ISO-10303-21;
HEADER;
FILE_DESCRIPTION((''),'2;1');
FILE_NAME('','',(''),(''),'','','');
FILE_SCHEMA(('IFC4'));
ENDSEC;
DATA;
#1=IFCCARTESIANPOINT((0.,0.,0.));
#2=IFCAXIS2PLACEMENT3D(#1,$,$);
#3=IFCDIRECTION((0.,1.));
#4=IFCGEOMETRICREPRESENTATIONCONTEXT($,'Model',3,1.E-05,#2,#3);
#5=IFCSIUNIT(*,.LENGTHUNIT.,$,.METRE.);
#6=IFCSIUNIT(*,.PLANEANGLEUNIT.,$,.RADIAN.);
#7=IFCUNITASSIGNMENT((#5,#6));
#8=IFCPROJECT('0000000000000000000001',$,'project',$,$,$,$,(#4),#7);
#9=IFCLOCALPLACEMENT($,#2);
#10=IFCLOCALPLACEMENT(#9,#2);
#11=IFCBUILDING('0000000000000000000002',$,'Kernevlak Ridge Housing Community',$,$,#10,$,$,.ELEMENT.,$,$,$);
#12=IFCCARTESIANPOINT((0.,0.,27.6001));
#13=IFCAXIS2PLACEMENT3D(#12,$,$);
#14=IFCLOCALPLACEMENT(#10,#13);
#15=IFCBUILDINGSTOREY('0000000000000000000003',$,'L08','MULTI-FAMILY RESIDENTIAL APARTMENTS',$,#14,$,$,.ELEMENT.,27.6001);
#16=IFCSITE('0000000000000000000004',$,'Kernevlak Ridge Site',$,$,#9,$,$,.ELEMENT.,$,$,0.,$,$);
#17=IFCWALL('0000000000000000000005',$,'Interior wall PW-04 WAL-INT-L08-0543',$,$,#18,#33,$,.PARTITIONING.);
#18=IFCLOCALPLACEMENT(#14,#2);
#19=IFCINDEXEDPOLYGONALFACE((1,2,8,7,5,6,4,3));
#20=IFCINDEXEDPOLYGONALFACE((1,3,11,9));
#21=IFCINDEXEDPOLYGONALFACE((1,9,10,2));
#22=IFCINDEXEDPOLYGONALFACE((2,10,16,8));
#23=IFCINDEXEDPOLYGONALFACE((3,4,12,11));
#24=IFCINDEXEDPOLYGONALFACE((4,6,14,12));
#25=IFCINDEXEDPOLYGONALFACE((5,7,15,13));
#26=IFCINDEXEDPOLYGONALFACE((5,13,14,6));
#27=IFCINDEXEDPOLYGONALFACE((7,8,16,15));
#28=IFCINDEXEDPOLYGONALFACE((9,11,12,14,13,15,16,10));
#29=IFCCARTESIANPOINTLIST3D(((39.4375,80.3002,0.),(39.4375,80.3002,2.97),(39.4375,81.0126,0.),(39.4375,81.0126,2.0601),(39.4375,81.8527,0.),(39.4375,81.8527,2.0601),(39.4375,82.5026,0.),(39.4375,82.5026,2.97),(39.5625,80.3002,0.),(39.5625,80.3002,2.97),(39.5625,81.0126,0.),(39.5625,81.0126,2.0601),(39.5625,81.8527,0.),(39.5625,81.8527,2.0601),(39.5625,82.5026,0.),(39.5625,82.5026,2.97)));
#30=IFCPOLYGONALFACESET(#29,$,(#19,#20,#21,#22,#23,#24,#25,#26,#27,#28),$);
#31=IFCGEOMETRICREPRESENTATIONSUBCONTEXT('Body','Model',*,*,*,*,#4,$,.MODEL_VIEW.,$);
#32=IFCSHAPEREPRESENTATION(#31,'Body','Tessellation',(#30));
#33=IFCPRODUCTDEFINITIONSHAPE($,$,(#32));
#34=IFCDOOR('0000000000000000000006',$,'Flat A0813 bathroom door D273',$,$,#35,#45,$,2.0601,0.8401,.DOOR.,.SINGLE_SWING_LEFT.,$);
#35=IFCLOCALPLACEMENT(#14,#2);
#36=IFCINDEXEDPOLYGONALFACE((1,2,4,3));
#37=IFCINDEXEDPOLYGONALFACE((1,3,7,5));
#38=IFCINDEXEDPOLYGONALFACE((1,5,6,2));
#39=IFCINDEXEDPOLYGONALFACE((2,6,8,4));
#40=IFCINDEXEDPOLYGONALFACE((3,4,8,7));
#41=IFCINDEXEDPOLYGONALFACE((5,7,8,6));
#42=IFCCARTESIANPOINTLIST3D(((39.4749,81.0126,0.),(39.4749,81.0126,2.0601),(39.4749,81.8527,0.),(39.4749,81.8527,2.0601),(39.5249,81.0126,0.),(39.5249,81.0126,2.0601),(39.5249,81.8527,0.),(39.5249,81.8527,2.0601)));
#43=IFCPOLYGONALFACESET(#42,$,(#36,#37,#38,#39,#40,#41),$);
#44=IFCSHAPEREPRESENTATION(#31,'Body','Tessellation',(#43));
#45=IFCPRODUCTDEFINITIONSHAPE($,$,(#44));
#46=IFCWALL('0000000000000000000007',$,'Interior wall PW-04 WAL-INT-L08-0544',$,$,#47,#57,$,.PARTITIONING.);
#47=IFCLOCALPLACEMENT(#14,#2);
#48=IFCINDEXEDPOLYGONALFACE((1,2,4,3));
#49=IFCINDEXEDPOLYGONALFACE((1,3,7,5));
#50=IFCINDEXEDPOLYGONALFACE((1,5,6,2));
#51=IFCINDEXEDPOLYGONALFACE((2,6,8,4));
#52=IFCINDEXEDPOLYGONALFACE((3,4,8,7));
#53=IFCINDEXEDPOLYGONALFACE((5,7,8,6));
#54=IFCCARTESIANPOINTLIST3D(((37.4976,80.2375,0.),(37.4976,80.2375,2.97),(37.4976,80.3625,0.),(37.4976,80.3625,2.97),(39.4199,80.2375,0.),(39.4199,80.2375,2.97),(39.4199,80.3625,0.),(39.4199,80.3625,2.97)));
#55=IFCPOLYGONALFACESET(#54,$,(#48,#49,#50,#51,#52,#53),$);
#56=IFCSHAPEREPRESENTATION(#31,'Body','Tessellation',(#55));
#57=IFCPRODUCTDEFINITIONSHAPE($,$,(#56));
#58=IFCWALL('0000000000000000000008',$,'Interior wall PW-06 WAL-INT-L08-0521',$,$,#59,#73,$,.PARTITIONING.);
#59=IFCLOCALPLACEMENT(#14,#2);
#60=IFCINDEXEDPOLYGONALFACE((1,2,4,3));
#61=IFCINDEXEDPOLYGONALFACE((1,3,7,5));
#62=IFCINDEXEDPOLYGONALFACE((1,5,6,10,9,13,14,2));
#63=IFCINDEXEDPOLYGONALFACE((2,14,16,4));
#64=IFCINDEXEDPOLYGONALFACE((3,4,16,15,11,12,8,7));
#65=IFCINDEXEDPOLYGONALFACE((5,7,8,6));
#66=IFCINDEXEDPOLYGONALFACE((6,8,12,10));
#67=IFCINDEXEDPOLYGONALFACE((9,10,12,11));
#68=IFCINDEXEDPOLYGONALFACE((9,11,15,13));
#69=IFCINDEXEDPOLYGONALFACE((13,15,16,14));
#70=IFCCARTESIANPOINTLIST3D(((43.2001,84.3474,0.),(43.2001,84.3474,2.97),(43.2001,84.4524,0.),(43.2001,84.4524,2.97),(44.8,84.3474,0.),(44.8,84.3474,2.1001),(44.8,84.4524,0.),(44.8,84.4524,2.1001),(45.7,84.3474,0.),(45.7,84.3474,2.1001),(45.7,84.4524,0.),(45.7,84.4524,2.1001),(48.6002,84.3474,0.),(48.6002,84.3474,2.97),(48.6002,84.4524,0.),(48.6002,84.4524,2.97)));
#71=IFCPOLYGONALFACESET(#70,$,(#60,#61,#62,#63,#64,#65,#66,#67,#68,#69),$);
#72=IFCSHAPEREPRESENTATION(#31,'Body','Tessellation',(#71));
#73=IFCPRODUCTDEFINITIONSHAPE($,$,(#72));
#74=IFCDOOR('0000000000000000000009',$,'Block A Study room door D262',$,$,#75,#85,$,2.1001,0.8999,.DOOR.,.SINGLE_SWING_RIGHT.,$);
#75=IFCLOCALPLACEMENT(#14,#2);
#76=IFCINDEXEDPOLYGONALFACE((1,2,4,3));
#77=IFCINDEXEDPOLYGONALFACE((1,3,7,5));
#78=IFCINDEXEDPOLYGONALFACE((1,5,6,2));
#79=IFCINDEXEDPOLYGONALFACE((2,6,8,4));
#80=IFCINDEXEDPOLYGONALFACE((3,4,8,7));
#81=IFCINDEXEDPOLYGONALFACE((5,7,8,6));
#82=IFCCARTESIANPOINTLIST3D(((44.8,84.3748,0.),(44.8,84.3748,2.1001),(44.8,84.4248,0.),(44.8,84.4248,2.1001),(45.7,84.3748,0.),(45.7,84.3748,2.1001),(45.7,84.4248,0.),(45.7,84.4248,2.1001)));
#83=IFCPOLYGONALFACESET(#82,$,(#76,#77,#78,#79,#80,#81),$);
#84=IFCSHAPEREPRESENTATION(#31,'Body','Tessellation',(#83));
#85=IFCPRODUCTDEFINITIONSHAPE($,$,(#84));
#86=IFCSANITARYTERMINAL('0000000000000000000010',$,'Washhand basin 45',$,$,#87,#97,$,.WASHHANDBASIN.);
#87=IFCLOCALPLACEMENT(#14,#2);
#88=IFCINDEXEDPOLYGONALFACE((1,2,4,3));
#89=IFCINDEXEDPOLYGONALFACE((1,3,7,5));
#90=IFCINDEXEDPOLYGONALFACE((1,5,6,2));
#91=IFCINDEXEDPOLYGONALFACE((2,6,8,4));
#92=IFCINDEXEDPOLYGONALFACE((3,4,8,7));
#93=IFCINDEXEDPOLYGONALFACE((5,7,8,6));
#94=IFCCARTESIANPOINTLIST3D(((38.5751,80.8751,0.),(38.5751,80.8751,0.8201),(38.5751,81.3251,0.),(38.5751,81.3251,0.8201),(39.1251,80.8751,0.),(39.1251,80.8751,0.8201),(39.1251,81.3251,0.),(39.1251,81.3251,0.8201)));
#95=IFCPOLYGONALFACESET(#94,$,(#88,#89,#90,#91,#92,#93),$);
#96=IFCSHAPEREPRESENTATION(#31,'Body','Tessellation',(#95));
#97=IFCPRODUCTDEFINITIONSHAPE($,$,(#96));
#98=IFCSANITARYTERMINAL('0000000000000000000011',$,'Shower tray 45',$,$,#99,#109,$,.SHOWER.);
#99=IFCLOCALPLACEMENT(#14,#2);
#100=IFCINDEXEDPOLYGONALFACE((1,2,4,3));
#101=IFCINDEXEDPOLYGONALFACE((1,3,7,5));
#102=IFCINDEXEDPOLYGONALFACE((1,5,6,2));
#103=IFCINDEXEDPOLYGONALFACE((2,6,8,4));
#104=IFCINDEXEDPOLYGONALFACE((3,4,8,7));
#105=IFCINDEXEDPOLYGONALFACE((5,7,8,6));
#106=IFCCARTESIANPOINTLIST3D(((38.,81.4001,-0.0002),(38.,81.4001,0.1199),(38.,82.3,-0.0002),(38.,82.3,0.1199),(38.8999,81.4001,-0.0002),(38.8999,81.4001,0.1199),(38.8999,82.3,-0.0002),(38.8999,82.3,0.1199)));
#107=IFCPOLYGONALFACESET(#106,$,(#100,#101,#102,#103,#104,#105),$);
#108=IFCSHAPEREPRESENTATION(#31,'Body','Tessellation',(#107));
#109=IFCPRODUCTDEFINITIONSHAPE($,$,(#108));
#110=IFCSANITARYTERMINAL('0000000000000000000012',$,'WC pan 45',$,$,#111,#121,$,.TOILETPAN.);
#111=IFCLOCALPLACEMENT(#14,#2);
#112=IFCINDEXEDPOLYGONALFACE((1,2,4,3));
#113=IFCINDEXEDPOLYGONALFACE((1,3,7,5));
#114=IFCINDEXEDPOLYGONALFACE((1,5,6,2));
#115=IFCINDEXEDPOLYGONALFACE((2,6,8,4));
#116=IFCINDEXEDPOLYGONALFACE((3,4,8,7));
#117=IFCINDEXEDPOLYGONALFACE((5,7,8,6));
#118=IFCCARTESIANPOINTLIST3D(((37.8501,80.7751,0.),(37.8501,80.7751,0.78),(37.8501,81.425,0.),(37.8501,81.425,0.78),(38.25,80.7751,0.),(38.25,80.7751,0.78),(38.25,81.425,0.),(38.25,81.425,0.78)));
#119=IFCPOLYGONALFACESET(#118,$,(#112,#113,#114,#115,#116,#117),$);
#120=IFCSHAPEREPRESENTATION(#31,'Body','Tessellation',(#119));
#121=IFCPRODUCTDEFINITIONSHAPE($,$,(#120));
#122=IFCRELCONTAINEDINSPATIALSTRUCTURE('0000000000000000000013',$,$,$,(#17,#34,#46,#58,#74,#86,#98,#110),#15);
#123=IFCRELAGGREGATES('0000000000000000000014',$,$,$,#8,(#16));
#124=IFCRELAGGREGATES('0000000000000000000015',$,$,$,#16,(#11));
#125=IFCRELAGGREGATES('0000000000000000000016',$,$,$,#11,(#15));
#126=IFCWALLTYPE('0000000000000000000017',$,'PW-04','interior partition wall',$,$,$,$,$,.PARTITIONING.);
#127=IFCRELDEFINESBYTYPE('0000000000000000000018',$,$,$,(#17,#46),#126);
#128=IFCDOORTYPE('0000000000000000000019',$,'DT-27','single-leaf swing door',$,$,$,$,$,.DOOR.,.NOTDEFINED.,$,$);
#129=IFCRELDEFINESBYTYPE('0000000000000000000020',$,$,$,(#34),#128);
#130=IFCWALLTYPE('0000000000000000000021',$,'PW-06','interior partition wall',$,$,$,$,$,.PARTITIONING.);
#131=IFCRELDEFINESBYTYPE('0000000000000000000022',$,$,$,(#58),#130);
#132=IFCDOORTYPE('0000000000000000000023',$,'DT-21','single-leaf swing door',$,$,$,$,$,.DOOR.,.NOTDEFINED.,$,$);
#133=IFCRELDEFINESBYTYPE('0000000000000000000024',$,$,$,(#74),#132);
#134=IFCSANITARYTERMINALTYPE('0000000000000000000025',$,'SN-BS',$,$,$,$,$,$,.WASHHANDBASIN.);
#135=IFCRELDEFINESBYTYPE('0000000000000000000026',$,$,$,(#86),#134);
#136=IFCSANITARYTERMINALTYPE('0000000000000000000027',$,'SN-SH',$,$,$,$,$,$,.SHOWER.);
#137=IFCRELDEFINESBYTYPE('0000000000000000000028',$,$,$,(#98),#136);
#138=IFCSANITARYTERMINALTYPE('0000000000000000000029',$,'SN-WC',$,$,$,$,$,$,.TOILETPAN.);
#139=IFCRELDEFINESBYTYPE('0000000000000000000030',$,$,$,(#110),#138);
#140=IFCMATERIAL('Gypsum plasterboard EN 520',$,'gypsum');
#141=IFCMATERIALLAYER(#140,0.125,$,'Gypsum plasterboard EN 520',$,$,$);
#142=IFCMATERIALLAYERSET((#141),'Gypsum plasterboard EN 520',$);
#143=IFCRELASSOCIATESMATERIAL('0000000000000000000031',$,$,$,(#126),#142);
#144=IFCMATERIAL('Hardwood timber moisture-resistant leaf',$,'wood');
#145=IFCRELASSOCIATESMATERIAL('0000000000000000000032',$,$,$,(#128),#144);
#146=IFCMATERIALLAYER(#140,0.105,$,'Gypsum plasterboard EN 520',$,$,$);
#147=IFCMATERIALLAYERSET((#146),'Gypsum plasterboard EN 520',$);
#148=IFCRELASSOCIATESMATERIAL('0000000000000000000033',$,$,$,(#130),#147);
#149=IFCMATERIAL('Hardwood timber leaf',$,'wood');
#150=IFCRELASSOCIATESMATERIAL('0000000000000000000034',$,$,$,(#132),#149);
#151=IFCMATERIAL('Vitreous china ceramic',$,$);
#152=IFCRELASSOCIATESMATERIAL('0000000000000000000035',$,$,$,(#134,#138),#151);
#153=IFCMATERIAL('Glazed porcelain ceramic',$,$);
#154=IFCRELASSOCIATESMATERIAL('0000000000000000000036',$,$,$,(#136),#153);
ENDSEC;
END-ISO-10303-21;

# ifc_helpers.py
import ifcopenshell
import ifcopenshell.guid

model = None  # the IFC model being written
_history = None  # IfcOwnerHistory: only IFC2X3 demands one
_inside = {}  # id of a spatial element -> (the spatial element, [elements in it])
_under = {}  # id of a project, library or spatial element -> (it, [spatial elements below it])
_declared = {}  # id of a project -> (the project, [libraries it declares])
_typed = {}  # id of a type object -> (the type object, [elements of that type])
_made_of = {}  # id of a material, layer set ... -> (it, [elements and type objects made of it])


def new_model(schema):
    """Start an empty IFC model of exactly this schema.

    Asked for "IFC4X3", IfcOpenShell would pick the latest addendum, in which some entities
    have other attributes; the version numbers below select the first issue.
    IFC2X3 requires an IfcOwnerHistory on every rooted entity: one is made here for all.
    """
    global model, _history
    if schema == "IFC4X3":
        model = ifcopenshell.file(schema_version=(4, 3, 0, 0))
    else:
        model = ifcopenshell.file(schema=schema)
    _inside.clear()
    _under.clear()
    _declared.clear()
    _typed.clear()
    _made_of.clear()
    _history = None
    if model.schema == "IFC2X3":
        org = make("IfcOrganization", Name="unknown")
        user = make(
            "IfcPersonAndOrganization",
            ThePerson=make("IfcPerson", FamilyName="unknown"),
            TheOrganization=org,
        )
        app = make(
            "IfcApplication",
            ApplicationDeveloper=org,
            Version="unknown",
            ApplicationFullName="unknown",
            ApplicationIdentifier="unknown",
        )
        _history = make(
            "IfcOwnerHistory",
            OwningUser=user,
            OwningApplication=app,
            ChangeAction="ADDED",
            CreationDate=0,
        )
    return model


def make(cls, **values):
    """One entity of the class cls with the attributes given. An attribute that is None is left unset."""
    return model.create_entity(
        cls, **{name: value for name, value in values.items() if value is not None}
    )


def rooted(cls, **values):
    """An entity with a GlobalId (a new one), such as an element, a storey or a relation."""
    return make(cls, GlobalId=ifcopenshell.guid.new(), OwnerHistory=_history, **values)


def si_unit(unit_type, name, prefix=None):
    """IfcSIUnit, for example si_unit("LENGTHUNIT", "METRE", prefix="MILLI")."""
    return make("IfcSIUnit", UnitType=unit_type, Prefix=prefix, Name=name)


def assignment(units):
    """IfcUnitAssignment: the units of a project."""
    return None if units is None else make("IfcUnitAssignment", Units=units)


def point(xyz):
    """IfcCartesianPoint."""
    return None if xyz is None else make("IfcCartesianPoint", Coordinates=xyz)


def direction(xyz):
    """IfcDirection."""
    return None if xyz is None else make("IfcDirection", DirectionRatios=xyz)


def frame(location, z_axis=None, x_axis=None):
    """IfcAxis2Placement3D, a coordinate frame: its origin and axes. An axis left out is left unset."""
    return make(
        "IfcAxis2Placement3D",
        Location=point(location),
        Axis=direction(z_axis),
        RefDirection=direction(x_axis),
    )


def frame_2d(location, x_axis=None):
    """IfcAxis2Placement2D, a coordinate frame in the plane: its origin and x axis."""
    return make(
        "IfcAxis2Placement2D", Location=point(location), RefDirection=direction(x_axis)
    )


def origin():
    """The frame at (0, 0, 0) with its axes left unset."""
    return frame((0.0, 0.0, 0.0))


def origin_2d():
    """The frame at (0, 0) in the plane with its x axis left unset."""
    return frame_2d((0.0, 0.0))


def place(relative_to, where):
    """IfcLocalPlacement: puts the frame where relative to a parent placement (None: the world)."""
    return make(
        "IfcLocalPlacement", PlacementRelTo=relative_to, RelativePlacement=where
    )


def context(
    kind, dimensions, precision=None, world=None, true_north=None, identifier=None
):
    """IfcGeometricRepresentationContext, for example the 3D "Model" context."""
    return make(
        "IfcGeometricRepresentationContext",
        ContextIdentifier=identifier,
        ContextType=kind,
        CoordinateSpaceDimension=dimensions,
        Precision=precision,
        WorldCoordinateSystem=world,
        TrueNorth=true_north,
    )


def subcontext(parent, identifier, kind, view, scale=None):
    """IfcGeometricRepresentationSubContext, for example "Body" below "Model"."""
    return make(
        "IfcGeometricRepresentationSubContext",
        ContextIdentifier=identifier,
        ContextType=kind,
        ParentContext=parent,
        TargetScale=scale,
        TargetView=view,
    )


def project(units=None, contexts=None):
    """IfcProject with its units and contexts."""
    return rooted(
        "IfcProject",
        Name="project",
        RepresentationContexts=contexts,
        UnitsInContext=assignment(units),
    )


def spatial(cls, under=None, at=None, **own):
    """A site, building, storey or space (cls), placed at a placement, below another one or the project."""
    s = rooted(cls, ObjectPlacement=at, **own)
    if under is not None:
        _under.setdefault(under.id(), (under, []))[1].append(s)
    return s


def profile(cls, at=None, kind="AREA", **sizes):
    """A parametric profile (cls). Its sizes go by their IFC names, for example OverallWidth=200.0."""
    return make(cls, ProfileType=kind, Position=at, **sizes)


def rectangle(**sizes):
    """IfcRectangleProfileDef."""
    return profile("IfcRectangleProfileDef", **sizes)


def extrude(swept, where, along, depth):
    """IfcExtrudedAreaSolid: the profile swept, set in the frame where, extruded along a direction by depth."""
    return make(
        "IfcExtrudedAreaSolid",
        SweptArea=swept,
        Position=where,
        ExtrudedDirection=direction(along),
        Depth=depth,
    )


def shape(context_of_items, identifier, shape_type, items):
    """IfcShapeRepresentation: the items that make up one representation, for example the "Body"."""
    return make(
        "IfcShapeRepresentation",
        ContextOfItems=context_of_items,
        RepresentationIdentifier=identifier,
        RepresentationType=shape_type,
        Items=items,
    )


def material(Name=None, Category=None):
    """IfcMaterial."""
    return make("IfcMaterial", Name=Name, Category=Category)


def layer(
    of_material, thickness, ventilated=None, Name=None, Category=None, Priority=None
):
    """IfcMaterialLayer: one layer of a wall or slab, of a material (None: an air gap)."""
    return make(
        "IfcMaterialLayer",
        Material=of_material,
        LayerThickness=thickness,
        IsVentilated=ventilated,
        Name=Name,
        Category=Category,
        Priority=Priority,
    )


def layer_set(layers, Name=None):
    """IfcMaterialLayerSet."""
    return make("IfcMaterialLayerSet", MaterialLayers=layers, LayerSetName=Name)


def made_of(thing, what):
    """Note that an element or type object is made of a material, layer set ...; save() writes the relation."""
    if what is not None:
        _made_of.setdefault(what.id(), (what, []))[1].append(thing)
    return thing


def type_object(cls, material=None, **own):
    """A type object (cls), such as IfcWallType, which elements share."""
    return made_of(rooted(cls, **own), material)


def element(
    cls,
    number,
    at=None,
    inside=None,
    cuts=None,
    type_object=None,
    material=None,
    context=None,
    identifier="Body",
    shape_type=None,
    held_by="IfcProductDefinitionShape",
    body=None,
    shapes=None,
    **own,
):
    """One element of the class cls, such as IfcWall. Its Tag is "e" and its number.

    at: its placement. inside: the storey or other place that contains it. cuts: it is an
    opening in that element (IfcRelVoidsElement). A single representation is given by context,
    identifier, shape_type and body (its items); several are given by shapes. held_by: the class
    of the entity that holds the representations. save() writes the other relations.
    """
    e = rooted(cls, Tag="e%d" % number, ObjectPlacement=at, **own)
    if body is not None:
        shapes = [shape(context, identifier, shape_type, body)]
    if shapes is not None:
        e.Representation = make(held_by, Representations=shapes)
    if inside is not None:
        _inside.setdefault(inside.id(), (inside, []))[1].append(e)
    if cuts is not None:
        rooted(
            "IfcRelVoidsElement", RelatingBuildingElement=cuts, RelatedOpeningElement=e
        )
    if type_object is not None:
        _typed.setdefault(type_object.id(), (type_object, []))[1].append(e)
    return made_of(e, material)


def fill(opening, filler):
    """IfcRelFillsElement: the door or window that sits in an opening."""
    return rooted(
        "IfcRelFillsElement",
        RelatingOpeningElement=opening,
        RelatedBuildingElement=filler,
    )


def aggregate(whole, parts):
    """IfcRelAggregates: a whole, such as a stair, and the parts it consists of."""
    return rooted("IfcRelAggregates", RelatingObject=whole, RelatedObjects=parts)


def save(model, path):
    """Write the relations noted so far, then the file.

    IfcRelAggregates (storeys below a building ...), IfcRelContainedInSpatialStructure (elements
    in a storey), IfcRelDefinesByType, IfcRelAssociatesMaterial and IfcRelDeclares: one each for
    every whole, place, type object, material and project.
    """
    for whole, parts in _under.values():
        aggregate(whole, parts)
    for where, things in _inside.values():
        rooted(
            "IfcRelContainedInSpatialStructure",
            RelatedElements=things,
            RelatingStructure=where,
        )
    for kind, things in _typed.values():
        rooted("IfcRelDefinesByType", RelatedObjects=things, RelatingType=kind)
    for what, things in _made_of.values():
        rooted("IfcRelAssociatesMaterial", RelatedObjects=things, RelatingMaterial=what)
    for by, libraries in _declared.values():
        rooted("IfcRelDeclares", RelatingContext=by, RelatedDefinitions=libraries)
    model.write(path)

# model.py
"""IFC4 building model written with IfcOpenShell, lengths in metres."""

from ifc_helpers import new_model, si_unit, direction, frame, frame_2d, origin, origin_2d, place, context, subcontext, project, spatial, rectangle, extrude, material, layer, layer_set, type_object, element, fill, save


model = new_model("IFC4")

# Units and contexts
model_context = context("Model", 3, precision=1e-05, world=origin(), true_north=direction((0.0, 1.0)))
body_context = subcontext(model_context, "Body", "Model", "MODEL_VIEW")
ifc_project = project(units=[si_unit("LENGTHUNIT", "METRE"), si_unit("PLANEANGLEUNIT", "RADIAN")], contexts=[model_context])

# Site, building, storey
site_placement = place(None, origin())
site = spatial("IfcSite", under=ifc_project, at=site_placement, Name="Kernevlak Ridge Site", CompositionType="ELEMENT", RefElevation=0.0)
building_placement = place(site_placement, origin())
building = spatial("IfcBuilding", under=site, at=building_placement, Name="Kernevlak Ridge Housing Community", CompositionType="ELEMENT")
storey_placement = place(building_placement, frame((0.0, 0.0, 27.6001)))
storey = spatial("IfcBuildingStorey", under=building, at=storey_placement, Name="L08", Description="MULTI-FAMILY RESIDENTIAL APARTMENTS", CompositionType="ELEMENT", Elevation=27.6001)

# Wall, opening, door
ifc_material_1 = material(Name="Gypsum plasterboard EN 520", Category="gypsum")
ifc_layer_1 = layer(ifc_material_1, 0.125, Name="Gypsum plasterboard EN 520")
ifc_layer_set_1 = layer_set([ifc_layer_1], Name="Gypsum plasterboard EN 520")
wall_type_1 = type_object("IfcWallType", Name="PW-04", Description="interior partition wall", PredefinedType="PARTITIONING", material=ifc_layer_set_1)
wall_1_placement = place(storey_placement, frame((39.5, 82.5024, 0.0), z_axis=(0.0, 0.0, 1.0), x_axis=(0.0, -1.0, 0.0)))
wall_1 = element("IfcWall", 1, at=wall_1_placement, inside=storey, type_object=wall_type_1, Name="Interior wall PW-04 WAL-INT-L08-0543", PredefinedType="PARTITIONING", context=body_context, shape_type="SweptSolid", body=[
    extrude(rectangle(XDim=2.2024, YDim=0.125, at=frame_2d((1.1011, 0.0))), origin(), (0.0, 0.0, 1.0), 2.97),
])
opening_1_placement = place(wall_1_placement, frame((0.6499, 0.0, 0.0)))
opening_1 = element("IfcOpeningElement", 2, at=opening_1_placement, cuts=wall_1, PredefinedType="OPENING", context=body_context, shape_type="SweptSolid", body=[
    extrude(rectangle(XDim=0.8401, YDim=2.0601, at=frame_2d((0.4199, 1.03))), frame((0.0, 0.0725, 0.0), z_axis=(0.0, -1.0, 0.0), x_axis=(1.0, 0.0, 0.0)), (0.0, 0.0, 1.0), 0.145),
])
ifc_material_2 = material(Name="Hardwood timber moisture-resistant leaf", Category="wood")
door_type_1 = type_object("IfcDoorType", Name="DT-27", Description="single-leaf swing door", OperationType="NOTDEFINED", PredefinedType="DOOR", material=ifc_material_2)
door_1_placement = place(opening_1_placement, origin())
door_1 = element("IfcDoor", 3, at=door_1_placement, inside=storey, type_object=door_type_1, Name="Flat A0813 bathroom door D273", OperationType="SINGLE_SWING_LEFT", OverallHeight=2.0601, OverallWidth=0.8401, PredefinedType="DOOR", context=body_context, shape_type="SweptSolid", body=[
    extrude(rectangle(XDim=0.8401, YDim=2.0601, at=frame_2d((0.4199, 1.03))), frame((0.0, 0.0249, 0.0), z_axis=(0.0, -1.0, 0.0), x_axis=(1.0, 0.0, 0.0)), (0.0, 0.0, 1.0), 0.05),
])
fill(opening_1, door_1)

# Wall
wall_2_placement = place(storey_placement, frame((37.4976, 80.3, 0.0), z_axis=(0.0, 0.0, 1.0), x_axis=(1.0, 0.0, 0.0)))
element("IfcWall", 4, at=wall_2_placement, inside=storey, type_object=wall_type_1, Name="Interior wall PW-04 WAL-INT-L08-0544", PredefinedType="PARTITIONING", context=body_context, shape_type="SweptSolid", body=[
    extrude(rectangle(XDim=1.9224, YDim=0.125, at=frame_2d((0.9612, 0.0))), origin(), (0.0, 0.0, 1.0), 2.97),
])

# Wall, opening, door
ifc_layer_2 = layer(ifc_material_1, 0.105, Name="Gypsum plasterboard EN 520")
ifc_layer_set_2 = layer_set([ifc_layer_2], Name="Gypsum plasterboard EN 520")
wall_type_2 = type_object("IfcWallType", Name="PW-06", Description="interior partition wall", PredefinedType="PARTITIONING", material=ifc_layer_set_2)
wall_3_placement = place(storey_placement, frame((43.2, 84.3999, 0.0), z_axis=(0.0, 0.0, 1.0), x_axis=(1.0, 0.0, 0.0)))
wall_3 = element("IfcWall", 5, at=wall_3_placement, inside=storey, type_object=wall_type_2, Name="Interior wall PW-06 WAL-INT-L08-0521", PredefinedType="PARTITIONING", context=body_context, shape_type="SweptSolid", body=[
    extrude(rectangle(XDim=5.4001, YDim=0.105, at=frame_2d((2.7002, 0.0))), origin(), (0.0, 0.0, 1.0), 2.97),
])
opening_2_placement = place(wall_3_placement, frame((1.6001, 0.0, 0.0)))
opening_2 = element("IfcOpeningElement", 6, at=opening_2_placement, cuts=wall_3, PredefinedType="OPENING", context=body_context, shape_type="SweptSolid", body=[
    extrude(rectangle(XDim=0.8999, YDim=2.1001, at=frame_2d((0.45, 1.05))), frame((0.0, 0.0625, 0.0), z_axis=(0.0, -1.0, 0.0), x_axis=(1.0, 0.0, 0.0)), (0.0, 0.0, 1.0), 0.125),
])
ifc_material_3 = material(Name="Hardwood timber leaf", Category="wood")
door_type_2 = type_object("IfcDoorType", Name="DT-21", Description="single-leaf swing door", OperationType="NOTDEFINED", PredefinedType="DOOR", material=ifc_material_3)
door_2_placement = place(opening_2_placement, origin())
door_2 = element("IfcDoor", 7, at=door_2_placement, inside=storey, type_object=door_type_2, Name="Block A Study room door D262", OperationType="SINGLE_SWING_RIGHT", OverallHeight=2.1001, OverallWidth=0.8999, PredefinedType="DOOR", context=body_context, shape_type="SweptSolid", body=[
    extrude(rectangle(XDim=0.8999, YDim=2.1001, at=frame_2d((0.45, 1.05))), frame((0.0, 0.0249, 0.0), z_axis=(0.0, -1.0, 0.0), x_axis=(1.0, 0.0, 0.0)), (0.0, 0.0, 1.0), 0.05),
])
fill(opening_2, door_2)

# Sanitary terminals
ifc_material_4 = material(Name="Vitreous china ceramic")
sanitary_terminal_type_1 = type_object("IfcSanitaryTerminalType", Name="SN-BS", PredefinedType="WASHHANDBASIN", material=ifc_material_4)
sanitary_terminal_1_placement = place(storey_placement, frame((38.8501, 81.1001, 0.0), z_axis=(0.0, 0.0, 1.0), x_axis=(1.0, 0.0, 0.0)))
element("IfcSanitaryTerminal", 8, at=sanitary_terminal_1_placement, inside=storey, type_object=sanitary_terminal_type_1, Name="Washhand basin 45", PredefinedType="WASHHANDBASIN", context=body_context, shape_type="SweptSolid", body=[
    extrude(rectangle(XDim=0.55, YDim=0.45, at=origin_2d()), origin(), (0.0, 0.0, 1.0), 0.8201),
])
ifc_material_5 = material(Name="Glazed porcelain ceramic")
sanitary_terminal_type_2 = type_object("IfcSanitaryTerminalType", Name="SN-SH", PredefinedType="SHOWER", material=ifc_material_5)
sanitary_terminal_2_placement = place(storey_placement, frame((38.45, 81.8501, -0.0002), z_axis=(0.0, 0.0, 1.0), x_axis=(1.0, 0.0, 0.0)))
element("IfcSanitaryTerminal", 9, at=sanitary_terminal_2_placement, inside=storey, type_object=sanitary_terminal_type_2, Name="Shower tray 45", PredefinedType="SHOWER", context=body_context, shape_type="SweptSolid", body=[
    extrude(rectangle(XDim=0.8999, YDim=0.8999, at=origin_2d()), origin(), (0.0, 0.0, 1.0), 0.1201),
])
sanitary_terminal_type_3 = type_object("IfcSanitaryTerminalType", Name="SN-WC", PredefinedType="TOILETPAN", material=ifc_material_4)
sanitary_terminal_3_placement = place(storey_placement, frame((38.05, 81.1001, 0.0), z_axis=(0.0, 0.0, 1.0), x_axis=(1.0, 0.0, 0.0)))
element("IfcSanitaryTerminal", 10, at=sanitary_terminal_3_placement, inside=storey, type_object=sanitary_terminal_type_3, Name="WC pan 45", PredefinedType="TOILETPAN", context=body_context, shape_type="SweptSolid", body=[
    extrude(rectangle(XDim=0.3999, YDim=0.6499, at=origin_2d()), origin(), (0.0, 0.0, 1.0), 0.78),
])

save(model, "model.ifc")
